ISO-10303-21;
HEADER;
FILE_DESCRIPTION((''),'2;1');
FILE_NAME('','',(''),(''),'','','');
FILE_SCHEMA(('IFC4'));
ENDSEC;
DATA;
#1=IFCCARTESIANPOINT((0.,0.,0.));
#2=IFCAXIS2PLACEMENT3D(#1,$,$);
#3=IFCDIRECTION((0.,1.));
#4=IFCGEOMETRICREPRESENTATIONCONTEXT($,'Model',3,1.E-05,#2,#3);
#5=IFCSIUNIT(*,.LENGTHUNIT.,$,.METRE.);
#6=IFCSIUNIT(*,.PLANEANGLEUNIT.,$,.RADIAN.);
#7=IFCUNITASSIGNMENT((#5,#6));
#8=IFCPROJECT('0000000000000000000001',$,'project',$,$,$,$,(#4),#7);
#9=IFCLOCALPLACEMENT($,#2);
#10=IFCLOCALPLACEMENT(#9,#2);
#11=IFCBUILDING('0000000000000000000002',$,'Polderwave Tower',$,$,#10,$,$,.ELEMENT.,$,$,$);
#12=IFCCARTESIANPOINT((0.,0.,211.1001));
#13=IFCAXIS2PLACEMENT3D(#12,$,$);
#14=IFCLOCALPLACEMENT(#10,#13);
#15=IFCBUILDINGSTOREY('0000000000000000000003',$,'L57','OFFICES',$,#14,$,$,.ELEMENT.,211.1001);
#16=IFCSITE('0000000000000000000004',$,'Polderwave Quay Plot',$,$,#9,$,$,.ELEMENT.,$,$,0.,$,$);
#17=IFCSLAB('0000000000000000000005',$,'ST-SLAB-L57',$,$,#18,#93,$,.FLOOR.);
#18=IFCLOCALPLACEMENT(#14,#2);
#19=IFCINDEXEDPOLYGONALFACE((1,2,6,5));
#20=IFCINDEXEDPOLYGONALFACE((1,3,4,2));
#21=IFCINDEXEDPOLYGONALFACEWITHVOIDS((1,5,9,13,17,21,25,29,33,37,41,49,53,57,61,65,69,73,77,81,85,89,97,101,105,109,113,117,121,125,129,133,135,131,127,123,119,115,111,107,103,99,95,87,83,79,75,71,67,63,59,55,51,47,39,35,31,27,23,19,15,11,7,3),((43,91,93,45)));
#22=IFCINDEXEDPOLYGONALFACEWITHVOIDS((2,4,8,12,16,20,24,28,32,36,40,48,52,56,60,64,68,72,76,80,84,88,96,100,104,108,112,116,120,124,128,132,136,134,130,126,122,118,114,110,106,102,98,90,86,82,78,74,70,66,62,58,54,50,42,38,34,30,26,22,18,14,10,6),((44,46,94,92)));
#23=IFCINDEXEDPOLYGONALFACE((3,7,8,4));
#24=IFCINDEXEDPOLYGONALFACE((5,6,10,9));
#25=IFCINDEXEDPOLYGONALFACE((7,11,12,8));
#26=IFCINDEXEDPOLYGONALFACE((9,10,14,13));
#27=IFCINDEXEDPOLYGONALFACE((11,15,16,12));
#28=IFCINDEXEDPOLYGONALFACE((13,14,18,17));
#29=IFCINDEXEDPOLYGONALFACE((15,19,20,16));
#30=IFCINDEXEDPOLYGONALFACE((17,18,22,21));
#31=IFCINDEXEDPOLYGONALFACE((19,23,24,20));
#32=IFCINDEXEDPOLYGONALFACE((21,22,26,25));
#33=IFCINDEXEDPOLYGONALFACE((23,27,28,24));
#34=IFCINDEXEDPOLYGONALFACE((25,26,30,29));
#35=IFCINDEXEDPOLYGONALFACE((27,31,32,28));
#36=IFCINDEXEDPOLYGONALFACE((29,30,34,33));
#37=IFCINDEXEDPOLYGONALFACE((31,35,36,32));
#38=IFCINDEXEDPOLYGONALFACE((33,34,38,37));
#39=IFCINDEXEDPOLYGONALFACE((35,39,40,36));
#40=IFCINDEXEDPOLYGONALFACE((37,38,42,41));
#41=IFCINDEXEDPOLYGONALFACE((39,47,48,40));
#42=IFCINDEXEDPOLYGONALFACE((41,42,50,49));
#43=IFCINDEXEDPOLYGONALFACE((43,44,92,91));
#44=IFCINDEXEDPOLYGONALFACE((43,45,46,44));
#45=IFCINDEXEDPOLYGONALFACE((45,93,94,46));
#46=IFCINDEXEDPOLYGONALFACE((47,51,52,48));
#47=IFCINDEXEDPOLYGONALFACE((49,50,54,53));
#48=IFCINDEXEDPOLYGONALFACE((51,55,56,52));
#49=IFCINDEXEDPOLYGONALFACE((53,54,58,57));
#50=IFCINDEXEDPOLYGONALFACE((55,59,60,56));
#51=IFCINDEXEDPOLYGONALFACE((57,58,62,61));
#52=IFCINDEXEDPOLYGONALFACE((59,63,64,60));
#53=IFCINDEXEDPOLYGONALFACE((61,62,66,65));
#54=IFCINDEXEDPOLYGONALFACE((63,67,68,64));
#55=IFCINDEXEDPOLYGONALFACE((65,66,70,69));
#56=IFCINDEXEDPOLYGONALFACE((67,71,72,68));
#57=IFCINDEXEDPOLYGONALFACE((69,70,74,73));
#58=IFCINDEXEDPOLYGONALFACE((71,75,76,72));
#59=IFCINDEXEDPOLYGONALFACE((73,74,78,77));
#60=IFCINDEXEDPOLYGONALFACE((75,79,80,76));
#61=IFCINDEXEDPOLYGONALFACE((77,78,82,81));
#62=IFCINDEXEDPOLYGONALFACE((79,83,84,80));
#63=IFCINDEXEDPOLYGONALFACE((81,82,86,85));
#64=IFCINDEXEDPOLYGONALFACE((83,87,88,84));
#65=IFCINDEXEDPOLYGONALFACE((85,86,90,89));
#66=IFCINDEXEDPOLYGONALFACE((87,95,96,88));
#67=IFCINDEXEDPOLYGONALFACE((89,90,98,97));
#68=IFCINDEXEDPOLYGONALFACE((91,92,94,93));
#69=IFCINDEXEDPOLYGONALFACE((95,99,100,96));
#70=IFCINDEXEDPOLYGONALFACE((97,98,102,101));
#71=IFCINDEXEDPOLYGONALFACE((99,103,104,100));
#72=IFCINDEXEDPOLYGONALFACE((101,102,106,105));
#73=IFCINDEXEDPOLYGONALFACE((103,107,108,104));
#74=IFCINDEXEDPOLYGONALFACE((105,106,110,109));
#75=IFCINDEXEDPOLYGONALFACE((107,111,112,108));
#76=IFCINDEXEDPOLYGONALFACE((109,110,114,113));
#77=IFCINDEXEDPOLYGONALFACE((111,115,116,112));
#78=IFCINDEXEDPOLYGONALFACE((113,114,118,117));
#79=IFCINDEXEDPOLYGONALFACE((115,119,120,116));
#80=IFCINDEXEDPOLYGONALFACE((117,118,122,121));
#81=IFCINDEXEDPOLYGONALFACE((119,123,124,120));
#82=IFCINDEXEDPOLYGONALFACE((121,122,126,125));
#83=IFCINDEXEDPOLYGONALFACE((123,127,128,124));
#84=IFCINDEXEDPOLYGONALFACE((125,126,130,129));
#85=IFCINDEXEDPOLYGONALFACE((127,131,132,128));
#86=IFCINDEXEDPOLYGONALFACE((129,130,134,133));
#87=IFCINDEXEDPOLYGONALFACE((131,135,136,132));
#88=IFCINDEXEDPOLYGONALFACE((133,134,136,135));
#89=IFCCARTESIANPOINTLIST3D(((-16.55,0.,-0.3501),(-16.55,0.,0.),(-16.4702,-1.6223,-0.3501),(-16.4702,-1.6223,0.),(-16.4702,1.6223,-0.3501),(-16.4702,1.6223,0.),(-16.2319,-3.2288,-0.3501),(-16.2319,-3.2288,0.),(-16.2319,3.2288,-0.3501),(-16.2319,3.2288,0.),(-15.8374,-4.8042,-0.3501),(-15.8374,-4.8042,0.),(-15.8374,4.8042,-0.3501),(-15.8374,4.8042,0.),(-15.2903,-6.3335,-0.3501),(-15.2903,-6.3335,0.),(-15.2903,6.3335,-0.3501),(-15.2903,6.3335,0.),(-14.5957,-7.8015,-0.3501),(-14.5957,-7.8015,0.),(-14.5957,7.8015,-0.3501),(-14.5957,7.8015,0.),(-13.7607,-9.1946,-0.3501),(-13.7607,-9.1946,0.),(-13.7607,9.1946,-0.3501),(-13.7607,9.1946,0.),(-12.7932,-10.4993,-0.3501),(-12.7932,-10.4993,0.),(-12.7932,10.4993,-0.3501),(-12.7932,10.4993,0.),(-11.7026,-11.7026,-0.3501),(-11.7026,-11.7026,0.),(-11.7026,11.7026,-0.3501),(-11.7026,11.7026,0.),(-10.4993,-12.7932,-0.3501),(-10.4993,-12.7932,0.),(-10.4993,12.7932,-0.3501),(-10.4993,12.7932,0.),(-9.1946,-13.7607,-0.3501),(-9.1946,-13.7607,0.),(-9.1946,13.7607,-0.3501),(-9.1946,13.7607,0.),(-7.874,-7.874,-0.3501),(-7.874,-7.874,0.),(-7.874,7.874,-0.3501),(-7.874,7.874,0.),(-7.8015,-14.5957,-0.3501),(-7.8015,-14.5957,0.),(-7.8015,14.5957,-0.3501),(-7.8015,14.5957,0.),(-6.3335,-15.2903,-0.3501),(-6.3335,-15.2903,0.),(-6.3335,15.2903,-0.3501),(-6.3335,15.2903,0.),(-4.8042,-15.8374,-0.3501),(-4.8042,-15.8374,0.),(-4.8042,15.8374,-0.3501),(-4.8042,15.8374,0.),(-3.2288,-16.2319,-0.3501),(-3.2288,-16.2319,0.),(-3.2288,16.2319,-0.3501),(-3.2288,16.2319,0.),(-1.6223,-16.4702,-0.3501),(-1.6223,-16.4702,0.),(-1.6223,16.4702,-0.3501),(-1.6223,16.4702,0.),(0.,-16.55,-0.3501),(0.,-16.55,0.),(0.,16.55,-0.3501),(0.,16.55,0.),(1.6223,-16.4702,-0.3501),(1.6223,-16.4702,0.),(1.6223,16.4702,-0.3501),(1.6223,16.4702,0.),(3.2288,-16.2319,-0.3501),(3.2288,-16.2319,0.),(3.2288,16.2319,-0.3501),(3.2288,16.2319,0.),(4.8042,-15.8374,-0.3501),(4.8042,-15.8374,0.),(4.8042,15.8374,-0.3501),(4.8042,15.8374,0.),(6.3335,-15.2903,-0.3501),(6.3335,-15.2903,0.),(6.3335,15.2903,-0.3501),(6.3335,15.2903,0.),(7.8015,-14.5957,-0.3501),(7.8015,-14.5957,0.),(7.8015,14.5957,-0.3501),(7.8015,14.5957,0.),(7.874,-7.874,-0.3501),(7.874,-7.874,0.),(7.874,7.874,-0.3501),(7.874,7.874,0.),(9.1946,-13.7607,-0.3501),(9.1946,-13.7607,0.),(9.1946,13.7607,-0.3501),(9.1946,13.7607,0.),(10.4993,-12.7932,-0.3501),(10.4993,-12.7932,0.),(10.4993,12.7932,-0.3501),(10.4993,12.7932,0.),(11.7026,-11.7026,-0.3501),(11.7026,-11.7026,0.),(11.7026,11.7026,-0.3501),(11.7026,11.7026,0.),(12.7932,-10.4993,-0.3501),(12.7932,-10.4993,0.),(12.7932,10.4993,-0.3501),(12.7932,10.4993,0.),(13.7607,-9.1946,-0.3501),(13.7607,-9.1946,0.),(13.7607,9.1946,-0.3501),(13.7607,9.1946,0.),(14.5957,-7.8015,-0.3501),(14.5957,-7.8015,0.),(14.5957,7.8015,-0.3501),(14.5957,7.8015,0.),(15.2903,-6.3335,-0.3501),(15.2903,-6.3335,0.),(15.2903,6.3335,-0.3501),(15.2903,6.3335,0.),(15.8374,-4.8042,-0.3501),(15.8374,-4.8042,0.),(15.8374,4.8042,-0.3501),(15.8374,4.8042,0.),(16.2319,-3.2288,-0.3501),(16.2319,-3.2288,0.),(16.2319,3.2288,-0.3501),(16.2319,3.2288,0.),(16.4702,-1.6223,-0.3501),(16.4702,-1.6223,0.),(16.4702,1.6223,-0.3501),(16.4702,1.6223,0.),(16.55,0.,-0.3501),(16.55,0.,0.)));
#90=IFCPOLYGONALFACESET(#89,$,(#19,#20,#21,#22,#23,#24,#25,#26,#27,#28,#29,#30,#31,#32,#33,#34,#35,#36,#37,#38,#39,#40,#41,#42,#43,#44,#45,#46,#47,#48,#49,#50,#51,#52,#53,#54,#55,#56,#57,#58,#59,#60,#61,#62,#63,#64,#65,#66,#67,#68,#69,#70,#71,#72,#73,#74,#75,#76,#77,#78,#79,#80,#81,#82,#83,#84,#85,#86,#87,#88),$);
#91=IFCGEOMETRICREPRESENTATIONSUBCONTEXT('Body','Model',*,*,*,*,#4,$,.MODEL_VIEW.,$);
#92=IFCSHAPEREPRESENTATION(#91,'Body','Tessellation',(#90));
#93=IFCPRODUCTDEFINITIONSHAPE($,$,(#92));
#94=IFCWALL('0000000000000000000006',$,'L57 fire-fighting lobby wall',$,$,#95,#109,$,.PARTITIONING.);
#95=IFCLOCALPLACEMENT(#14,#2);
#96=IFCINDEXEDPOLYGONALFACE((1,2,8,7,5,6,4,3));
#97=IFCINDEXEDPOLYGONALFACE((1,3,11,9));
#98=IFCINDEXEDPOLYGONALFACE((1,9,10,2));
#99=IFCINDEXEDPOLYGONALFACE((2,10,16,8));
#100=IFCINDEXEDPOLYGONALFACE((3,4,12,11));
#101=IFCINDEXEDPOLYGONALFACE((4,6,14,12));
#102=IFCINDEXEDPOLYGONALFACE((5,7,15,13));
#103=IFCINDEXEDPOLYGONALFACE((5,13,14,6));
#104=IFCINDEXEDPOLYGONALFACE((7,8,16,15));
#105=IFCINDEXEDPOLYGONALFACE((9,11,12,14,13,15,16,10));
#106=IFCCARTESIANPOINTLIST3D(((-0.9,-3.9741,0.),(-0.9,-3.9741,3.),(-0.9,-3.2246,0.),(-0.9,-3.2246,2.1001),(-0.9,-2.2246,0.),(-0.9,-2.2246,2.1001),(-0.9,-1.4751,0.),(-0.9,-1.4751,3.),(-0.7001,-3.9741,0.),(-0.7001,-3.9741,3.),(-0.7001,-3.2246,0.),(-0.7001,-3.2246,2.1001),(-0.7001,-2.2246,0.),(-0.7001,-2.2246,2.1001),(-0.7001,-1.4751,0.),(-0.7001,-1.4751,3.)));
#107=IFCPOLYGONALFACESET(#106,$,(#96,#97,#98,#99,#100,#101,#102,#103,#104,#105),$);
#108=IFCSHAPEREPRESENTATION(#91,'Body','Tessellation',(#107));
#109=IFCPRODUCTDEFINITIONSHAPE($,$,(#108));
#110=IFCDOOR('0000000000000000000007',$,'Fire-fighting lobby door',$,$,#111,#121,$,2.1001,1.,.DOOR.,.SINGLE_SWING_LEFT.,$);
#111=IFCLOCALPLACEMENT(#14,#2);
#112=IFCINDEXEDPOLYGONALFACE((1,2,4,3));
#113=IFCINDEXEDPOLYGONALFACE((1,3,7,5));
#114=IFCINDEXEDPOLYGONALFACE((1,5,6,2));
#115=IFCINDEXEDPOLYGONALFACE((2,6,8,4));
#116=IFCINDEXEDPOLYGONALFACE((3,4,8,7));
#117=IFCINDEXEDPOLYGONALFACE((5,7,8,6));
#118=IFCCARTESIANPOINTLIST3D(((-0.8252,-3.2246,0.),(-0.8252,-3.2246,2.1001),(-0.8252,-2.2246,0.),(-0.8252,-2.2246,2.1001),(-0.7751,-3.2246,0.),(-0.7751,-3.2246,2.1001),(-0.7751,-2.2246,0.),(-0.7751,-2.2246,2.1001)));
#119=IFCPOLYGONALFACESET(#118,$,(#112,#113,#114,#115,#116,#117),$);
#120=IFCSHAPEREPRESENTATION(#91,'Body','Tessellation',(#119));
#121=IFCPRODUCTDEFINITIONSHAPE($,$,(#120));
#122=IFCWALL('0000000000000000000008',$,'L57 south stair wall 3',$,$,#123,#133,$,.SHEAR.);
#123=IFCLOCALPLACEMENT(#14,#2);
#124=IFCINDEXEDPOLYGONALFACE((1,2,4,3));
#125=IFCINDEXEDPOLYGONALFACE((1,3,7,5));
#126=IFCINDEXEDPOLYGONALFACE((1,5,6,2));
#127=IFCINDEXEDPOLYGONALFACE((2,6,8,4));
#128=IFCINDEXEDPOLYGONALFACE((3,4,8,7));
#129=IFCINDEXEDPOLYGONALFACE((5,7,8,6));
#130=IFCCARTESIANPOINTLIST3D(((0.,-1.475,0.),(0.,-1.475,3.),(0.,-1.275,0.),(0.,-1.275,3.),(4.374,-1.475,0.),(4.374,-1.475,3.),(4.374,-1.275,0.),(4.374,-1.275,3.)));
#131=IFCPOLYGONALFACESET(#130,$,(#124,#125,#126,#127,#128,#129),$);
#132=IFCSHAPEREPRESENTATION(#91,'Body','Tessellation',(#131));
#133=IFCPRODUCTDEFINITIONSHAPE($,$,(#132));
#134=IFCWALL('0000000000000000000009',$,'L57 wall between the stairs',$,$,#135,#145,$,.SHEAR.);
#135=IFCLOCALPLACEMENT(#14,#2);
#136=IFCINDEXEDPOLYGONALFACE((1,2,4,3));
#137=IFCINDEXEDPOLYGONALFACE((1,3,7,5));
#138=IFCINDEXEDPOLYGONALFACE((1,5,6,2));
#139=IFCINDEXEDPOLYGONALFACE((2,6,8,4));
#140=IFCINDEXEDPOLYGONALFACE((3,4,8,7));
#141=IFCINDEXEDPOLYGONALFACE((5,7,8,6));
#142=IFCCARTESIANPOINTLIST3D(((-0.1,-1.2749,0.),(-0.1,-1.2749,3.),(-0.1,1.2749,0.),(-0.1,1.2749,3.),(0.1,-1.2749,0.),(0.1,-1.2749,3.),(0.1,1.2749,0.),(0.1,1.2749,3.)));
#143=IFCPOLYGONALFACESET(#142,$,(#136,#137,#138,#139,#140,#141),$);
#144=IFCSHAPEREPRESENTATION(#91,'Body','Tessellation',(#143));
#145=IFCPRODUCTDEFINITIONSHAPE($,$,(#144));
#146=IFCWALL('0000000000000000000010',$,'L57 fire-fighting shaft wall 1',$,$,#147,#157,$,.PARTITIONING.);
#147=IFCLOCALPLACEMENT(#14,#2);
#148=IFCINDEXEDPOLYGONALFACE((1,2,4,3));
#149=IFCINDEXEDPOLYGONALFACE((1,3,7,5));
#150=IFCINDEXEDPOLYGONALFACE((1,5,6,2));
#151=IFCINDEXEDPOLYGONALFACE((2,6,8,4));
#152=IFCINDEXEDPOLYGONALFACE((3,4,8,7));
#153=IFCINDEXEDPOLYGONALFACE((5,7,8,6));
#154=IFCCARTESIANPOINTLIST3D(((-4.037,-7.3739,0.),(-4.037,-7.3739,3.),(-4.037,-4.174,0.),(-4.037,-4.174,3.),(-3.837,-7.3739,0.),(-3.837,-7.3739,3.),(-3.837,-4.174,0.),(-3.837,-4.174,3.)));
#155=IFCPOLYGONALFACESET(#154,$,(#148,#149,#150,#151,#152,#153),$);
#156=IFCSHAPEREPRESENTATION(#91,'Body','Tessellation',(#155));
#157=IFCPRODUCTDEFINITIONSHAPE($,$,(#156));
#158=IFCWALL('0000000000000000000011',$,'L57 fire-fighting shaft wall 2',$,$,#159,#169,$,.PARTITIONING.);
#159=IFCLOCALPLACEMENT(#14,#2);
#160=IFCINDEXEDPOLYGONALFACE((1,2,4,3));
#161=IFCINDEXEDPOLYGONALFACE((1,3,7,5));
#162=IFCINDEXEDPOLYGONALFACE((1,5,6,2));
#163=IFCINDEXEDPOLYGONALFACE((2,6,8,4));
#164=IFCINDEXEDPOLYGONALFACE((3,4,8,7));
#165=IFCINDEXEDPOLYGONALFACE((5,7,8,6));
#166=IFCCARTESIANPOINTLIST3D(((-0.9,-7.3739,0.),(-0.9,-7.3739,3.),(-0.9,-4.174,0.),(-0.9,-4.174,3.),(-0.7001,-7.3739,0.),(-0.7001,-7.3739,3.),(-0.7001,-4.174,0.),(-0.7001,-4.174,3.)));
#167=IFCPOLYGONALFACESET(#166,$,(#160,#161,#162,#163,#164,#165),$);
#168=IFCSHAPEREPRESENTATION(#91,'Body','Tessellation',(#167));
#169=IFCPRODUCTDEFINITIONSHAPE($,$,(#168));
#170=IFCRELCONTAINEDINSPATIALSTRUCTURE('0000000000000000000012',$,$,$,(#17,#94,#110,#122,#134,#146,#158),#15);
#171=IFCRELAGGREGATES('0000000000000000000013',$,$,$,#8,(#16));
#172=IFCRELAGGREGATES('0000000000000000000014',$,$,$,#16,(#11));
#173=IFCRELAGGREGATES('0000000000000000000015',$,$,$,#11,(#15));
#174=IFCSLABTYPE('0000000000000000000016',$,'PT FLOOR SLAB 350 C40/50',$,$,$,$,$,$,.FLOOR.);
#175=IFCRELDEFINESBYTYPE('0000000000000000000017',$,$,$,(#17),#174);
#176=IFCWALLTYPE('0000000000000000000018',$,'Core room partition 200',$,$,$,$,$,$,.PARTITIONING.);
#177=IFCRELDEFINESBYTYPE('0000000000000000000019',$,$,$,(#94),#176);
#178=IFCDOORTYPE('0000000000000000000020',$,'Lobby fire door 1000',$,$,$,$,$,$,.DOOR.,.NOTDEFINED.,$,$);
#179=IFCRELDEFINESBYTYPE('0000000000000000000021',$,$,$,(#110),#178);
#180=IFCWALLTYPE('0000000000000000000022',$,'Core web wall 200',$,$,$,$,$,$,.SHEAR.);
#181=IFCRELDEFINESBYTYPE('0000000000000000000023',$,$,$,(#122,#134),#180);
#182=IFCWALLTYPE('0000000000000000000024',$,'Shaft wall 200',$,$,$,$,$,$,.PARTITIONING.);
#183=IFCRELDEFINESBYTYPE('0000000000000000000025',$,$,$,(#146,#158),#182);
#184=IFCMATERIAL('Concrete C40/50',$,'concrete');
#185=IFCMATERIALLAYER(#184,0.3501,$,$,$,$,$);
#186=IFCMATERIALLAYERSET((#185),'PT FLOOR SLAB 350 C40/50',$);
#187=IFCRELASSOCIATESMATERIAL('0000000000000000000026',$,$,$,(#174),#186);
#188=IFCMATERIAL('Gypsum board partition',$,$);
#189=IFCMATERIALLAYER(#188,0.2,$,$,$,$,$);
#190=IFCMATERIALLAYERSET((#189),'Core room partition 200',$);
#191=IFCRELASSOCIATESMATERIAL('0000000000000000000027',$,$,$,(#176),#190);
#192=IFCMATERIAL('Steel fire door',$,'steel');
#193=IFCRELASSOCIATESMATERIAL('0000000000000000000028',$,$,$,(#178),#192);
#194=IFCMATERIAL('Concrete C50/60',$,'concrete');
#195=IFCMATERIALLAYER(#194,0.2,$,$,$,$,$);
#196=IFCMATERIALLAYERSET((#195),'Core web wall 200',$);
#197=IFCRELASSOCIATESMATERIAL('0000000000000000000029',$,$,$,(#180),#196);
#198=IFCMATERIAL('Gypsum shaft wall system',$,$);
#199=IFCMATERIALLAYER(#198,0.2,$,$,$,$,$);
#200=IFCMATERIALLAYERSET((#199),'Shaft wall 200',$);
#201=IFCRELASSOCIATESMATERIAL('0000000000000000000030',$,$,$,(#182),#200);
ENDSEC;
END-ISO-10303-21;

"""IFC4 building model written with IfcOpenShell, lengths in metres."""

from ifc_helpers import new_model, si_unit, direction, frame, frame_2d, origin, place, context, subcontext, project, spatial, polyline, rectangle, outline, extrude, material, layer, layer_set, type_object, element, fill, save


model = new_model("IFC4")

# Units and contexts
model_context = context("Model", 3, precision=1e-05, world=origin(), true_north=direction((0.0, 1.0)))
body_context = subcontext(model_context, "Body", "Model", "MODEL_VIEW")
ifc_project = project(units=[si_unit("LENGTHUNIT", "METRE"), si_unit("PLANEANGLEUNIT", "RADIAN")], contexts=[model_context])

# Site, building, storey
site_placement = place(None, origin())
site = spatial("IfcSite", under=ifc_project, at=site_placement, Name="Polderwave Quay Plot", CompositionType="ELEMENT", RefElevation=0.0)
building_placement = place(site_placement, origin())
building = spatial("IfcBuilding", under=site, at=building_placement, Name="Polderwave Tower", CompositionType="ELEMENT")
storey_placement = place(building_placement, frame((0.0, 0.0, 211.1001)))
storey = spatial("IfcBuildingStorey", under=building, at=storey_placement, Name="L57", Description="OFFICES", CompositionType="ELEMENT", Elevation=211.1001)

# Slab
ifc_material_1 = material(Name="Concrete C40/50", Category="concrete")
ifc_layer_1 = layer(ifc_material_1, 0.3501)
ifc_layer_set_1 = layer_set([ifc_layer_1], Name="PT FLOOR SLAB 350 C40/50")
slab_type = type_object("IfcSlabType", Name="PT FLOOR SLAB 350 C40/50", PredefinedType="FLOOR", material=ifc_layer_set_1)
slab_placement = place(storey_placement, frame((0.0, 0.0, -0.3501)))
element("IfcSlab", 1, at=slab_placement, inside=storey, type_object=slab_type, Name="ST-SLAB-L57", PredefinedType="FLOOR", context=body_context, shape_type="SweptSolid", body=[
    extrude(outline(polyline([(16.55, 0.0), (16.4702, 1.6223), (16.2319, 3.2288), (15.8374, 4.8042), (15.2903, 6.3335), (14.5957, 7.8015), (13.7607, 9.1946), (12.7932, 10.4993), (11.7026, 11.7026), (10.4993, 12.7932), (9.1946, 13.7607), (7.8015, 14.5957), (6.3335, 15.2903), (4.8042, 15.8374), (3.2288, 16.2319), (1.6223, 16.4702), (0.0, 16.55), (-1.6223, 16.4702), (-3.2288, 16.2319), (-4.8042, 15.8374), (-6.3335, 15.2903), (-7.8015, 14.5957), (-9.1946, 13.7607), (-10.4993, 12.7932), (-11.7026, 11.7026), (-12.7932, 10.4993), (-13.7607, 9.1946), (-14.5957, 7.8015), (-15.2903, 6.3335), (-15.8374, 4.8042), (-16.2319, 3.2288), (-16.4702, 1.6223), (-16.55, 0.0), (-16.4702, -1.6223), (-16.2319, -3.2288), (-15.8374, -4.8042), (-15.2903, -6.3335), (-14.5957, -7.8015), (-13.7607, -9.1946), (-12.7932, -10.4993), (-11.7026, -11.7026), (-10.4993, -12.7932), (-9.1946, -13.7607), (-7.8015, -14.5957), (-6.3335, -15.2903), (-4.8042, -15.8374), (-3.2288, -16.2319), (-1.6223, -16.4702), (0.0, -16.55), (1.6223, -16.4702), (3.2288, -16.2319), (4.8042, -15.8374), (6.3335, -15.2903), (7.8015, -14.5957), (9.1946, -13.7607), (10.4993, -12.7932), (11.7026, -11.7026), (12.7932, -10.4993), (13.7607, -9.1946), (14.5957, -7.8015), (15.2903, -6.3335), (15.8374, -4.8042), (16.2319, -3.2288), (16.4702, -1.6223), (16.55, 0.0)]), holes=[polyline([(-7.874, -7.874), (7.874, -7.874), (7.874, 7.874), (-7.874, 7.874), (-7.874, -7.874)])]), origin(), (0.0, 0.0, 1.0), 0.3501),
])

# Wall, opening, door
ifc_material_2 = material(Name="Gypsum board partition")
ifc_layer_2 = layer(ifc_material_2, 0.2)
ifc_layer_set_2 = layer_set([ifc_layer_2], Name="Core room partition 200")
wall_type_1 = type_object("IfcWallType", Name="Core room partition 200", PredefinedType="PARTITIONING", material=ifc_layer_set_2)
wall_1_placement = place(storey_placement, frame((-0.8, -3.9741, 0.0), z_axis=(0.0, 0.0, 1.0), x_axis=(0.0, 1.0, 0.0)))
wall_1 = element("IfcWall", 2, at=wall_1_placement, inside=storey, type_object=wall_type_1, Name="L57 fire-fighting lobby wall", PredefinedType="PARTITIONING", context=body_context, shape_type="SweptSolid", body=[
    extrude(rectangle(XDim=2.499, YDim=0.2, at=frame_2d((1.2495, 0.0))), origin(), (0.0, 0.0, 1.0), 3.0),
])
opening_placement = place(wall_1_placement, frame((0.7495, 0.0, 0.0)))
opening = element("IfcOpeningElement", 3, at=opening_placement, cuts=wall_1, PredefinedType="OPENING", context=body_context, shape_type="SweptSolid", body=[
    extrude(rectangle(XDim=1.0, YDim=2.1001, at=frame_2d((0.5, 1.05))), frame((0.0, 0.1099, 0.0), z_axis=(0.0, -1.0, 0.0), x_axis=(1.0, 0.0, 0.0)), (0.0, 0.0, 1.0), 0.22),
])
ifc_material_3 = material(Name="Steel fire door", Category="steel")
door_type = type_object("IfcDoorType", Name="Lobby fire door 1000", OperationType="NOTDEFINED", PredefinedType="DOOR", material=ifc_material_3)
door_placement = place(opening_placement, frame((1.0, 0.0, 0.0), z_axis=(0.0, 0.0, 1.0), x_axis=(-1.0, 0.0, 0.0)))
door = element("IfcDoor", 4, at=door_placement, inside=storey, type_object=door_type, Name="Fire-fighting lobby door", OperationType="SINGLE_SWING_LEFT", OverallHeight=2.1001, OverallWidth=1.0, PredefinedType="DOOR", context=body_context, shape_type="SweptSolid", body=[
    extrude(rectangle(XDim=1.0, YDim=2.1001, at=frame_2d((0.5, 1.05))), frame((0.0, 0.0249, 0.0), z_axis=(0.0, -1.0, 0.0), x_axis=(1.0, 0.0, 0.0)), (0.0, 0.0, 1.0), 0.05),
])
fill(opening, door)

# Walls
ifc_material_4 = material(Name="Concrete C50/60", Category="concrete")
ifc_layer_3 = layer(ifc_material_4, 0.2)
ifc_layer_set_3 = layer_set([ifc_layer_3], Name="Core web wall 200")
wall_type_2 = type_object("IfcWallType", Name="Core web wall 200", PredefinedType="SHEAR", material=ifc_layer_set_3)
wall_2_placement = place(storey_placement, frame((0.0, -1.375, 0.0), z_axis=(0.0, 0.0, 1.0), x_axis=(1.0, 0.0, 0.0)))
element("IfcWall", 5, at=wall_2_placement, inside=storey, type_object=wall_type_2, Name="L57 south stair wall 3", PredefinedType="SHEAR", context=body_context, shape_type="SweptSolid", body=[
    extrude(rectangle(XDim=4.374, YDim=0.2, at=frame_2d((2.187, 0.0))), origin(), (0.0, 0.0, 1.0), 3.0),
])
wall_3_placement = place(storey_placement, frame((0.0, -1.2749, 0.0), z_axis=(0.0, 0.0, 1.0), x_axis=(0.0, 1.0, 0.0)))
element("IfcWall", 6, at=wall_3_placement, inside=storey, type_object=wall_type_2, Name="L57 wall between the stairs", PredefinedType="SHEAR", context=body_context, shape_type="SweptSolid", body=[
    extrude(rectangle(XDim=2.5498, YDim=0.2, at=frame_2d((1.2749, 0.0))), origin(), (0.0, 0.0, 1.0), 3.0),
])
ifc_material_5 = material(Name="Gypsum shaft wall system")
ifc_layer_4 = layer(ifc_material_5, 0.2)
ifc_layer_set_4 = layer_set([ifc_layer_4], Name="Shaft wall 200")
wall_type_3 = type_object("IfcWallType", Name="Shaft wall 200", PredefinedType="PARTITIONING", material=ifc_layer_set_4)
for number, where, z_axis, x_axis, name in (
    (7, (-3.937, -7.374, 0.0), (0.0, 0.0, 1.0), (0.0, 1.0, 0.0), "L57 fire-fighting shaft wall 1"),
    (8, (-0.8, -7.374, 0.0), (0.0, 0.0, 1.0), (0.0, 1.0, 0.0), "L57 fire-fighting shaft wall 2"),
):
    element("IfcWall", number, at=place(storey_placement, frame(where, z_axis=z_axis, x_axis=x_axis)), inside=storey, type_object=wall_type_3, Name=name, PredefinedType="PARTITIONING", context=body_context, shape_type="SweptSolid", body=[
        extrude(rectangle(XDim=3.2, YDim=0.2, at=frame_2d((1.6001, 0.0))), origin(), (0.0, 0.0, 1.0), 3.0),
    ])

save(model, "model.ifc")
